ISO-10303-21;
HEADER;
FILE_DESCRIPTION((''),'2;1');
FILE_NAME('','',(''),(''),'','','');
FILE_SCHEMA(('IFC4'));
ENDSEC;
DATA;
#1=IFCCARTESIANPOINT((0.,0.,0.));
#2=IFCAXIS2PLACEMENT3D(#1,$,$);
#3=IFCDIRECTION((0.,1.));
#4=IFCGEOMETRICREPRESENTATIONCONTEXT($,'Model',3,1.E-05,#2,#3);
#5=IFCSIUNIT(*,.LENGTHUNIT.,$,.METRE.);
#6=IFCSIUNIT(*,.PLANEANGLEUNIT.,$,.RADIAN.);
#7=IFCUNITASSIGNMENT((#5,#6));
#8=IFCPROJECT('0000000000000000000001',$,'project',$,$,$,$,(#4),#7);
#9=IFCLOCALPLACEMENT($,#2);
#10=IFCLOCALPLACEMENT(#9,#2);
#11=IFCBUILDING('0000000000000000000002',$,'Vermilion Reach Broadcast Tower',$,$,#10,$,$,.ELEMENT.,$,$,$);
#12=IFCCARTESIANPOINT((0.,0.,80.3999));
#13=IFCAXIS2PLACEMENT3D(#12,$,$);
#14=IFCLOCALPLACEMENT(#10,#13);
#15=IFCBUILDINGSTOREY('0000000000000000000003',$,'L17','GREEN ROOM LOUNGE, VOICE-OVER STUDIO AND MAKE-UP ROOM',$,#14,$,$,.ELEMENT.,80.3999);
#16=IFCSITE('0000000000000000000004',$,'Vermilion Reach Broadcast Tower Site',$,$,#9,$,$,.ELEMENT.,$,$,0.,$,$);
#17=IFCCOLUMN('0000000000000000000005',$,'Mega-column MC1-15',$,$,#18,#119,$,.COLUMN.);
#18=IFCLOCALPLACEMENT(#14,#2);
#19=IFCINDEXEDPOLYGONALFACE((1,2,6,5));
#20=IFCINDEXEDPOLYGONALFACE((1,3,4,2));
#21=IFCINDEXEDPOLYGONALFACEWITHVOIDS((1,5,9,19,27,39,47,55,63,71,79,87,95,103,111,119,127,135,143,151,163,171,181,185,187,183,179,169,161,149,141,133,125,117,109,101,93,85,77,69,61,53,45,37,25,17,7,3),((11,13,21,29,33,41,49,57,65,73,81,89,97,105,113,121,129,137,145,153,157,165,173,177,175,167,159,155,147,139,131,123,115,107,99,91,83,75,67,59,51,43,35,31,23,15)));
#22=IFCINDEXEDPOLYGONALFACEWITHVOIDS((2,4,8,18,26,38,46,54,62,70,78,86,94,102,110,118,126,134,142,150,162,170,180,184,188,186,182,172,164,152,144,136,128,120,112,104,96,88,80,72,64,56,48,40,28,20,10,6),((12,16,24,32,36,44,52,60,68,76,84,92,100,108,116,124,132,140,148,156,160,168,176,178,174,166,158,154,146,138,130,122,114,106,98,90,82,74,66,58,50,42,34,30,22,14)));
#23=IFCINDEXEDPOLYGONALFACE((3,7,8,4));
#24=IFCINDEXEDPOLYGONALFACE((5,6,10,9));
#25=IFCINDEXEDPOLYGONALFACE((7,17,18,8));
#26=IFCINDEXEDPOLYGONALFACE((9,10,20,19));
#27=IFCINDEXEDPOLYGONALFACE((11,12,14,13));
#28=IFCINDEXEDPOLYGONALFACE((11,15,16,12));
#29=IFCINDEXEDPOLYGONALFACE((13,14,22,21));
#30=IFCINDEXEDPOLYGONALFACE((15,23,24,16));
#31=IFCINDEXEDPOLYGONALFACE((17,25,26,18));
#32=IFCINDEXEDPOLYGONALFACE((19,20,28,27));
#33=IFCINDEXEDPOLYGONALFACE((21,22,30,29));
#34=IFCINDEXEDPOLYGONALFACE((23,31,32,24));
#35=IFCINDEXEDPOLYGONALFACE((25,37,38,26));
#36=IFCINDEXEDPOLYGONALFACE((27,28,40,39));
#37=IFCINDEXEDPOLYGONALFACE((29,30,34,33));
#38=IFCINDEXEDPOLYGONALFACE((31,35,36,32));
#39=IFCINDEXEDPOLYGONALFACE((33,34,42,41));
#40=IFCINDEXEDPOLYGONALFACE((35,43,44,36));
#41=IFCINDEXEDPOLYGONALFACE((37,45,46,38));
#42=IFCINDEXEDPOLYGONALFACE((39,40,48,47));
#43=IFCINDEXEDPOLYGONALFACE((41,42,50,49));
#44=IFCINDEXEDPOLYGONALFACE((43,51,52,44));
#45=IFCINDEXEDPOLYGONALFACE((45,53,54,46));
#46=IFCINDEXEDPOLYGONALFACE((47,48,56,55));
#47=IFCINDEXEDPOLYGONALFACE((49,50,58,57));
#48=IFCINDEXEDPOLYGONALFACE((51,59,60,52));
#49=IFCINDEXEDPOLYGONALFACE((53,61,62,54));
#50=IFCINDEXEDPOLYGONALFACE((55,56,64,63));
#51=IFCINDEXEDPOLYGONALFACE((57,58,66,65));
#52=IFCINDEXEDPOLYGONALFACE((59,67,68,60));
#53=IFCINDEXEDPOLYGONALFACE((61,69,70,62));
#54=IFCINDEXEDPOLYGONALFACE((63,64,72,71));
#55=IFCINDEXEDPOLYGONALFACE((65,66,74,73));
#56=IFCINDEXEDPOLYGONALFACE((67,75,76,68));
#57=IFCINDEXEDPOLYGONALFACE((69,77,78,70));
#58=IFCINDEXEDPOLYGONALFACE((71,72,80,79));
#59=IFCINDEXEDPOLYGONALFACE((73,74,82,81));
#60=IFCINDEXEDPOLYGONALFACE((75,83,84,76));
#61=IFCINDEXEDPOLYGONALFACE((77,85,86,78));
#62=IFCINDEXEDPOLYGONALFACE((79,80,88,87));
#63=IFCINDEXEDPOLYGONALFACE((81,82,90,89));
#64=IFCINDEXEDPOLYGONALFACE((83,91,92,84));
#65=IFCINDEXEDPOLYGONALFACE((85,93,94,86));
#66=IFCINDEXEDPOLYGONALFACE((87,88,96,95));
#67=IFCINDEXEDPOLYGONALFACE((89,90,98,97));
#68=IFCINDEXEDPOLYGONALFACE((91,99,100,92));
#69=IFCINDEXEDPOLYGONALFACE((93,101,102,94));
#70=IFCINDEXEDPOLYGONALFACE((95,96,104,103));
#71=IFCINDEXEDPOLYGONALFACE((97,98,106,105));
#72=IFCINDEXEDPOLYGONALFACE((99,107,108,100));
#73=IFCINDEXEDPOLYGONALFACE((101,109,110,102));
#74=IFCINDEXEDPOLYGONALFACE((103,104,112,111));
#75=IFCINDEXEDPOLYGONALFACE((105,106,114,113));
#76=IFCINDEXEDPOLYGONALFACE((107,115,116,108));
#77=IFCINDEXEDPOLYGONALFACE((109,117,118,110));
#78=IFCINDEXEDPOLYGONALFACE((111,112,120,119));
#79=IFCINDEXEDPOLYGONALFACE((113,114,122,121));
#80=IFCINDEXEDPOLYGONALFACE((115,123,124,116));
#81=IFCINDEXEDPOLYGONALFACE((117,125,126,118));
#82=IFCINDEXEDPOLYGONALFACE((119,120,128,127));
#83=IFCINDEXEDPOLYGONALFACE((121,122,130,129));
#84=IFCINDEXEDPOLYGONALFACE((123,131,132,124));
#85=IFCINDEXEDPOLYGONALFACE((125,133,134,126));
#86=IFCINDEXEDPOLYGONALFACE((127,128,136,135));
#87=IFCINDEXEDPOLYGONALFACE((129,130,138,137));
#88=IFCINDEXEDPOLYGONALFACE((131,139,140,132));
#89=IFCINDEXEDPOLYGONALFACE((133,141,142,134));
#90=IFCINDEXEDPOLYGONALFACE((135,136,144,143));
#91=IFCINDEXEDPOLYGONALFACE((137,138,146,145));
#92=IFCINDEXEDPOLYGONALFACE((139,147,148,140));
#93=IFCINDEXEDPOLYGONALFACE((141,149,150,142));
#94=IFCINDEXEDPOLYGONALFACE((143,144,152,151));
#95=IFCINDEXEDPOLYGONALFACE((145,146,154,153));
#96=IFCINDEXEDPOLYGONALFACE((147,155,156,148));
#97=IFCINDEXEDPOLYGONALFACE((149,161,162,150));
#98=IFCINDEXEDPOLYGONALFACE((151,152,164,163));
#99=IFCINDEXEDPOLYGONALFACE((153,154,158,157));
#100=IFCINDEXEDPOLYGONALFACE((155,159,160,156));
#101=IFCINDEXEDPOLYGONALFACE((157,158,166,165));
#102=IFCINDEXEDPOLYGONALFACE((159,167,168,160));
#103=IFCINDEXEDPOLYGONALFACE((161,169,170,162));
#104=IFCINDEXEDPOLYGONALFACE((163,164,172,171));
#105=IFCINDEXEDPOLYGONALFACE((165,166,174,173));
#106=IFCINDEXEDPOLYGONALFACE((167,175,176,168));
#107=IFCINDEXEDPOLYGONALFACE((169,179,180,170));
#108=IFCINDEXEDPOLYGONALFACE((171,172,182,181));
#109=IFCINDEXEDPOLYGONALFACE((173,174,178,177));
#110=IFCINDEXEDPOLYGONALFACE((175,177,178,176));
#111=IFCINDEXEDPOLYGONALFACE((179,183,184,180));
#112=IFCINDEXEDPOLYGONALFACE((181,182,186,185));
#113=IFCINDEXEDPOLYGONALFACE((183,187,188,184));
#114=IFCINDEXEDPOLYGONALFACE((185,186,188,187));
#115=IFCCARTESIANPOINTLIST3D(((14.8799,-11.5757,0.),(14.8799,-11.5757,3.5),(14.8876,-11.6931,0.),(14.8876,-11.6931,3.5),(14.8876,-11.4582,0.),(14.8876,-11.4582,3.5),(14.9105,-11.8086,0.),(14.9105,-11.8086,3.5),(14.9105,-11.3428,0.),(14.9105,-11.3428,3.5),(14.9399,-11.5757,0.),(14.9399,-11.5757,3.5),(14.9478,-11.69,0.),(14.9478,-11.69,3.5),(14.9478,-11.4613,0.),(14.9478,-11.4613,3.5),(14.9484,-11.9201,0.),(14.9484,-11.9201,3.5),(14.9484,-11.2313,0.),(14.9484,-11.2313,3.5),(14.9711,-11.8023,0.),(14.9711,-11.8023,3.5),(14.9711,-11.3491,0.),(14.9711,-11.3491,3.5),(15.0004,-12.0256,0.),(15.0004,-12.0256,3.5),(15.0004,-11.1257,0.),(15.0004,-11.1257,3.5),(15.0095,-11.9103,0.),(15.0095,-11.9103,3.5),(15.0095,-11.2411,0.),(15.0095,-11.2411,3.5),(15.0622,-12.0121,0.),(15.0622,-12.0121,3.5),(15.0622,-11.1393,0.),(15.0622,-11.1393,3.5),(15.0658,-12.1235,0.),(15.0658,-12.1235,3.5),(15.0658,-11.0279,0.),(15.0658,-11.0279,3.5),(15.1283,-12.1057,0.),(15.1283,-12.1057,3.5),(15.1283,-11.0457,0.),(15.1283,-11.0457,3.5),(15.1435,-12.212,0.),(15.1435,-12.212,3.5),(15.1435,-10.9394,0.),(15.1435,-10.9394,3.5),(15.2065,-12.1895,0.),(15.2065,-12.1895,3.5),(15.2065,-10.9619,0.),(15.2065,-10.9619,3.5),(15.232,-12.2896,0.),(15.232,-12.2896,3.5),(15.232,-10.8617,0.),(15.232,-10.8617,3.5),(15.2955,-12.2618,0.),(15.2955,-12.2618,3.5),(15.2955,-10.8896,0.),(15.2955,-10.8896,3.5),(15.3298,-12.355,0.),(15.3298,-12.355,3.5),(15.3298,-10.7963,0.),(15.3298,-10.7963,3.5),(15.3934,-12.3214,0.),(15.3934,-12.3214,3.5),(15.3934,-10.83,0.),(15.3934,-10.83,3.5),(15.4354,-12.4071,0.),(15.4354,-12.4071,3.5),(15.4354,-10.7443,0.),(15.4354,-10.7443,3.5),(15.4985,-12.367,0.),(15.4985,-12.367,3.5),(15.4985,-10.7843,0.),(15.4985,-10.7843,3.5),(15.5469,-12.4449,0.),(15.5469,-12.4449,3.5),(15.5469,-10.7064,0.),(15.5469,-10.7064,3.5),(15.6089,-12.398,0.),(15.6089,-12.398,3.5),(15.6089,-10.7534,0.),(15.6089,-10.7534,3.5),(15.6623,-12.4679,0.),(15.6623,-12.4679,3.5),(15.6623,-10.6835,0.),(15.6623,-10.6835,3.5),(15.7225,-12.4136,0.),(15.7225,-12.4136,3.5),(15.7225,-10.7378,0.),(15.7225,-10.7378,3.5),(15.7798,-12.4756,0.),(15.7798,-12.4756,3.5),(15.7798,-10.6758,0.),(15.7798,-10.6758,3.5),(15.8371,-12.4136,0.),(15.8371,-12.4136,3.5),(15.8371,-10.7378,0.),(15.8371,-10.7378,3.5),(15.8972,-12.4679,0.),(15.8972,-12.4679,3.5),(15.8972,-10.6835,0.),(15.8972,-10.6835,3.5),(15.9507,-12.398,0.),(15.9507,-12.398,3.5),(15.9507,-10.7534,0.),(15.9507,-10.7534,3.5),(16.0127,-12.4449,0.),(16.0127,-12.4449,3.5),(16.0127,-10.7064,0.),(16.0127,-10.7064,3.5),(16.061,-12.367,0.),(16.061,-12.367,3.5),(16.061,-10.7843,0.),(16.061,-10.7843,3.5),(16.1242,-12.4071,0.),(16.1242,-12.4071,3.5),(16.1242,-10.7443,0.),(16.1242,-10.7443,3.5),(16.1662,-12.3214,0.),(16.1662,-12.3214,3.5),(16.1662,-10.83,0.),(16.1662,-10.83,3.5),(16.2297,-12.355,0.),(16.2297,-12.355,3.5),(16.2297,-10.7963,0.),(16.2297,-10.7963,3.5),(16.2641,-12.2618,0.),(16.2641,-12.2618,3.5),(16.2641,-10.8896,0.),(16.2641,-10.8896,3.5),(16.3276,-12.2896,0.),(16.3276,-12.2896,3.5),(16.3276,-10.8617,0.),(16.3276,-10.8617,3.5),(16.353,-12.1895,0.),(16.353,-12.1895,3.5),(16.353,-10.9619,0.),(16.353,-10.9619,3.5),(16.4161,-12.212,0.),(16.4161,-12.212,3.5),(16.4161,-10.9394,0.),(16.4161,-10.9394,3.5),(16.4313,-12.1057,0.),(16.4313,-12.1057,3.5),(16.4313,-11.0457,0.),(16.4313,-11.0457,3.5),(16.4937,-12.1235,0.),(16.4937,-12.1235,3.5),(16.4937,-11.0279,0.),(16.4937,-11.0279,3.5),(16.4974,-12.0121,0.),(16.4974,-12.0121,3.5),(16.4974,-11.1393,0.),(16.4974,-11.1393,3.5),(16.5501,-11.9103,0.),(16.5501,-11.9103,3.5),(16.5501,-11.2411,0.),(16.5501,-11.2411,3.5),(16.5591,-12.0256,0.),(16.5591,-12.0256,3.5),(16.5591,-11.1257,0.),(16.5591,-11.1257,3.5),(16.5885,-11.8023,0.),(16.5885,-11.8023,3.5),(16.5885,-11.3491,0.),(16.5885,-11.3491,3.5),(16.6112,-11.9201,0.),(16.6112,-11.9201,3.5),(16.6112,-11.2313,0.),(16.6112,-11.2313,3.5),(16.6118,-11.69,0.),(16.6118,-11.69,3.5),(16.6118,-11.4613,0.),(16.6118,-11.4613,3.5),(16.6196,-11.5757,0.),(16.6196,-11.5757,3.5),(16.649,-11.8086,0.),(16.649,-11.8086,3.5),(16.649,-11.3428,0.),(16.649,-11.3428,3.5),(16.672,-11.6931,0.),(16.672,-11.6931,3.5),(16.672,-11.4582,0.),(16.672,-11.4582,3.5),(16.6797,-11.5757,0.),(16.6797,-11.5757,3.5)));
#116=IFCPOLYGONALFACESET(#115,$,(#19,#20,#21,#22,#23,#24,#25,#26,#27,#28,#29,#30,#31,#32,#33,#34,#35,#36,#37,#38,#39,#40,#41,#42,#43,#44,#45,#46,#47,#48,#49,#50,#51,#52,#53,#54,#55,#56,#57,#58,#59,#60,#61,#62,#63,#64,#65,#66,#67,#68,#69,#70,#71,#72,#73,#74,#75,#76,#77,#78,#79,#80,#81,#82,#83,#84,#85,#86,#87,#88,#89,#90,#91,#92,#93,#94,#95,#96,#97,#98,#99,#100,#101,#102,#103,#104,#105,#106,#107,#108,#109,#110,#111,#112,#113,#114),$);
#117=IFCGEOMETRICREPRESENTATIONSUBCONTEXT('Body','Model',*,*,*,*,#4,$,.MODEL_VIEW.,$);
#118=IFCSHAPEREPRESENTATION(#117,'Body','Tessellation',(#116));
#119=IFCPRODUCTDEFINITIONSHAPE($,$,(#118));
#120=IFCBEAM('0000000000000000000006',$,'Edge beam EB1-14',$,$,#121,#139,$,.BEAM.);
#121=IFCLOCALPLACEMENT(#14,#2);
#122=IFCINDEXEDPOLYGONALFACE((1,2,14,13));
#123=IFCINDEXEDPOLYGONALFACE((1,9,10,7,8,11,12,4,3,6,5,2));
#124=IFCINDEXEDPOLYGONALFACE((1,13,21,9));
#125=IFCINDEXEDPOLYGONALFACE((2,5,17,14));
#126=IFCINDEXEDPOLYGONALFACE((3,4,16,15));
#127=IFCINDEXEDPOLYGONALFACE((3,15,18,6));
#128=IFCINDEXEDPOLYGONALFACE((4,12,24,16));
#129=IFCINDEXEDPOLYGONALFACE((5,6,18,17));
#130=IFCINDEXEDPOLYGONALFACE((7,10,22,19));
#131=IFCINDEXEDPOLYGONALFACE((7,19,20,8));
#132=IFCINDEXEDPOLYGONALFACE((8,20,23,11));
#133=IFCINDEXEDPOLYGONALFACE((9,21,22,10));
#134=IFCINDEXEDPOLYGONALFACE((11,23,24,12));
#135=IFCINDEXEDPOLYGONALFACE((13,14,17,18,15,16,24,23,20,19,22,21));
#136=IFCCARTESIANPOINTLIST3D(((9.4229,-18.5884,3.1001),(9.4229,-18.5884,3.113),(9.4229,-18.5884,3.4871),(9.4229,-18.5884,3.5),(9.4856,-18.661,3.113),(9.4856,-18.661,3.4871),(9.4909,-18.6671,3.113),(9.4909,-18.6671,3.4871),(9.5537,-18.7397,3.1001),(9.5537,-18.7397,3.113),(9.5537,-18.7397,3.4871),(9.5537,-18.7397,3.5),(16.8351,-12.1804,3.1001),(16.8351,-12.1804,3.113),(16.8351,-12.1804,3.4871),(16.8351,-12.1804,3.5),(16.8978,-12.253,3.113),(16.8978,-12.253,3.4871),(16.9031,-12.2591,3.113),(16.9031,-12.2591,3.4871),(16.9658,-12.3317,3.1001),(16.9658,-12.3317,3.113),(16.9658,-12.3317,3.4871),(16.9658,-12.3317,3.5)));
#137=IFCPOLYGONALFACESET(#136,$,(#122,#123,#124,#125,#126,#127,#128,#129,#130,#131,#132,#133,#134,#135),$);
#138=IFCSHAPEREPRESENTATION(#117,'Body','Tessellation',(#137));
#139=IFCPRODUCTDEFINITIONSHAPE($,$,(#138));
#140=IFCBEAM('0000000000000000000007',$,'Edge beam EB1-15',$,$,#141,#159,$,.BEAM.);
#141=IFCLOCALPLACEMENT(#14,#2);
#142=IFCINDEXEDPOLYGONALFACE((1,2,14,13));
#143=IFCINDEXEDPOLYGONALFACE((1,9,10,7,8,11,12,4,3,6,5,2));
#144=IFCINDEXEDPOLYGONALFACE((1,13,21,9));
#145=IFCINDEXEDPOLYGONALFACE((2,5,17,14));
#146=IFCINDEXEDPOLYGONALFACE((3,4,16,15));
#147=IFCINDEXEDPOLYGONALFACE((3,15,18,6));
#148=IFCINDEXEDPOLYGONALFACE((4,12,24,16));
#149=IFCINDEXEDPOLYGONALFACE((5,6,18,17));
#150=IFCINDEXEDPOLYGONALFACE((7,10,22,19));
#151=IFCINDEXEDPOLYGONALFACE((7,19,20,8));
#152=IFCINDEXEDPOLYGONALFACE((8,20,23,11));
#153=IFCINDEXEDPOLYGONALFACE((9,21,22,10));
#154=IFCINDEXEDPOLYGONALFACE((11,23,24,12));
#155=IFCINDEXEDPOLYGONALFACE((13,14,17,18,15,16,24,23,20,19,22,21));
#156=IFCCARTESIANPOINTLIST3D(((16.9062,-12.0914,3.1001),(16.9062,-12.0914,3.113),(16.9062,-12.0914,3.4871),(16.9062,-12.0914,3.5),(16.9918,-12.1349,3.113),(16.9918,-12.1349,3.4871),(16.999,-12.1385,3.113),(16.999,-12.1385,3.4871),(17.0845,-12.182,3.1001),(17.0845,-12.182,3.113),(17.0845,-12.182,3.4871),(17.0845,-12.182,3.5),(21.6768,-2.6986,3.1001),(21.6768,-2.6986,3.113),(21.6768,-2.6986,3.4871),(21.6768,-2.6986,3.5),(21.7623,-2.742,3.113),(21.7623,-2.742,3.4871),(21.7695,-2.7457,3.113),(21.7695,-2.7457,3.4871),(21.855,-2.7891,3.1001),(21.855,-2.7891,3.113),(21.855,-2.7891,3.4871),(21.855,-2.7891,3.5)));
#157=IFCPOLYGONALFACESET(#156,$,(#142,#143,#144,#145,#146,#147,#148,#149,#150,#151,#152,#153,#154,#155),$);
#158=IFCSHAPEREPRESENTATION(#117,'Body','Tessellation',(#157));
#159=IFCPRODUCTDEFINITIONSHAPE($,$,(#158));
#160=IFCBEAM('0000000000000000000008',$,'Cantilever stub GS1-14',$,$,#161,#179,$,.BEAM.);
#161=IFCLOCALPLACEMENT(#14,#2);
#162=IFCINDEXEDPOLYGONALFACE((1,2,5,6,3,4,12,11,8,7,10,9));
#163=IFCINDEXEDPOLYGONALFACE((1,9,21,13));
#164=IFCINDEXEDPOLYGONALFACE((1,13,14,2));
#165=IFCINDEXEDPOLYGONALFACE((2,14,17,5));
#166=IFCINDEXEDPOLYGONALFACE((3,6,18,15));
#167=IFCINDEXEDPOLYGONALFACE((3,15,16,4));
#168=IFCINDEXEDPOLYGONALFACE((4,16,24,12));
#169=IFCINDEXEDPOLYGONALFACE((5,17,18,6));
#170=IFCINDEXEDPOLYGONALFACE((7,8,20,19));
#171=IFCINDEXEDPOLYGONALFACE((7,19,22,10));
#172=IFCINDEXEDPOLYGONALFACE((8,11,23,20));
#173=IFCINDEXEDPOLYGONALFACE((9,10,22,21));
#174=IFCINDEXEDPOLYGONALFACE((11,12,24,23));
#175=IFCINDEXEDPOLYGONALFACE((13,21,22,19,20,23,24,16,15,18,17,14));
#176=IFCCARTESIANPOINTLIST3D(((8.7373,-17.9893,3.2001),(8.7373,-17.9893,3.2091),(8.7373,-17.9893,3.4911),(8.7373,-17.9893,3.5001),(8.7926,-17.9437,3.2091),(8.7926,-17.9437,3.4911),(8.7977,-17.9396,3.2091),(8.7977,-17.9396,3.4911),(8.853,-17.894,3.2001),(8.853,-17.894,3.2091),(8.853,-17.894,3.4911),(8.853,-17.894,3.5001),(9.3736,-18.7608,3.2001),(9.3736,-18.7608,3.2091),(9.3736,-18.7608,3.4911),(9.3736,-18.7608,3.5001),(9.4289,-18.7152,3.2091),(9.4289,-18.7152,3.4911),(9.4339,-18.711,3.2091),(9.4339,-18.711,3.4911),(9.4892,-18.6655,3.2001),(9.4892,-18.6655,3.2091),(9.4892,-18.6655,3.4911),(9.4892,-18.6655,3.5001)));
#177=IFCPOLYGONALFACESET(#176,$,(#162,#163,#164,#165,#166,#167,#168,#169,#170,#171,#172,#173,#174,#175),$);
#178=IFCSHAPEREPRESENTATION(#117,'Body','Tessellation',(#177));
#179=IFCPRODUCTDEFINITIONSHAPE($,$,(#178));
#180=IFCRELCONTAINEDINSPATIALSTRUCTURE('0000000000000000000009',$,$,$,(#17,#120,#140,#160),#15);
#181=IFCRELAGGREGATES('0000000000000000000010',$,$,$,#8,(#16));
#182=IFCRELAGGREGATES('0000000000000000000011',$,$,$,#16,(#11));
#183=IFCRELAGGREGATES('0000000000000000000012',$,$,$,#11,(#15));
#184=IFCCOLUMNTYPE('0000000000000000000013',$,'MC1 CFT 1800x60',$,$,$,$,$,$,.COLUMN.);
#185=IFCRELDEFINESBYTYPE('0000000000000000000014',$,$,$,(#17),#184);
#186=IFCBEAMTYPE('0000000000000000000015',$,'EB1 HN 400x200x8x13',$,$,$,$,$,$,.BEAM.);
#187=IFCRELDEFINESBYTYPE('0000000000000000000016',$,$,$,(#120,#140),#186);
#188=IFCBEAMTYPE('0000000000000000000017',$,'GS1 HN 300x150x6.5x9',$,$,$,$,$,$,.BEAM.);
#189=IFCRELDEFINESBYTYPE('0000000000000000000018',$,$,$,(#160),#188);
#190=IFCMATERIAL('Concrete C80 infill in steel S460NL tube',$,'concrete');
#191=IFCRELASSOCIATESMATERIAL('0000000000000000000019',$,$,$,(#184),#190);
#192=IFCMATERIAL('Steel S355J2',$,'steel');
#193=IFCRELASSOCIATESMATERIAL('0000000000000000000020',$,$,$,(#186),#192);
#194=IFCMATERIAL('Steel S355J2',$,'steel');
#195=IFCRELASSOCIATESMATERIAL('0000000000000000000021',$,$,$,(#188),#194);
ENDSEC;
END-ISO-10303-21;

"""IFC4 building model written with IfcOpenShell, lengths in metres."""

from ifc_helpers import new_model, si_unit, direction, frame, origin, origin_2d, place, context, subcontext, project, spatial, hollow_circle, i_section, extrude, material, material_profile, profile_set, type_object, element, save


model = new_model("IFC4")

# Units and contexts
model_context = context("Model", 3, precision=1e-05, world=origin(), true_north=direction((0.0, 1.0)))
body_context = subcontext(model_context, "Body", "Model", "MODEL_VIEW")
ifc_project = project(units=[si_unit("LENGTHUNIT", "METRE"), si_unit("PLANEANGLEUNIT", "RADIAN")], contexts=[model_context])

# Site, building, storey
site_placement = place(None, origin())
site = spatial("IfcSite", under=ifc_project, at=site_placement, Name="Vermilion Reach Broadcast Tower Site", CompositionType="ELEMENT", RefElevation=0.0)
building_placement = place(site_placement, origin())
building = spatial("IfcBuilding", under=site, at=building_placement, Name="Vermilion Reach Broadcast Tower", CompositionType="ELEMENT")
storey_placement = place(building_placement, frame((0.0, 0.0, 80.3999)))
storey = spatial("IfcBuildingStorey", under=building, at=storey_placement, Name="L17", Description="GREEN ROOM LOUNGE, VOICE-OVER STUDIO AND MAKE-UP ROOM", CompositionType="ELEMENT", Elevation=80.3999)

# Column
ifc_material_1 = material(Name="Concrete C80 infill in steel S460NL tube", Category="concrete")
ifc_material_profile_1 = material_profile(ifc_material_1, hollow_circle(Radius=0.8999, WallThickness=0.0601, at=origin_2d()), Name="Concrete C80 infill in steel S460NL tube CFT 1800x60")
ifc_profile_set_1 = profile_set([ifc_material_profile_1], Name="Concrete C80 infill in steel S460NL tube")
column_type = type_object("IfcColumnType", Name="MC1 CFT 1800x60", PredefinedType="COLUMN", material=ifc_profile_set_1)
for number, where, z_axis, x_axis, name in (
    (1, (15.7798, -11.5757, 0.0), (0.0, 0.0, 1.0), (1.0, 0.0, 0.0), "Mega-column MC1-15"),
):
    element("IfcColumn", number, at=place(storey_placement, frame(where, z_axis=z_axis, x_axis=x_axis)), inside=storey, type_object=column_type, Name=name, PredefinedType="COLUMN", context=body_context, shape_type="SweptSolid", body=[
        extrude(hollow_circle(Radius=0.8999, WallThickness=0.0601, at=origin_2d()), origin(), (0.0, 0.0, 1.0), 3.5),
    ])

# Beams
ifc_material_2 = material(Name="Steel S355J2", Category="steel")
ifc_material_profile_2 = material_profile(ifc_material_2, i_section(OverallWidth=0.2, OverallDepth=0.3999, WebThickness=0.0081, FlangeThickness=0.0129, at=origin_2d()), Name="S355J2 HN 400x200x8x13")
ifc_profile_set_2 = profile_set([ifc_material_profile_2], Name="Steel S355J2")
beam_type_1 = type_object("IfcBeamType", Name="EB1 HN 400x200x8x13", PredefinedType="BEAM", material=ifc_profile_set_2)
beam_1_placement = place(storey_placement, frame((9.4883, -18.6641, 3.3), z_axis=(0.75649, 0.654005, 0.0), x_axis=(-0.654005, 0.75649, 0.0)))
element("IfcBeam", 2, at=beam_1_placement, inside=storey, type_object=beam_type_1, Name="Edge beam EB1-14", PredefinedType="BEAM", context=body_context, shape_type="SweptSolid", body=[
    extrude(i_section(OverallWidth=0.2, OverallDepth=0.3999, WebThickness=0.0081, FlangeThickness=0.0129, at=origin_2d()), origin(), (0.0, 0.0, 1.0), 9.7981),
])
beam_2_placement = place(storey_placement, frame((16.9954, -12.1367, 3.3), z_axis=(0.452832, 0.891596, 0.0), x_axis=(-0.891596, 0.452832, 0.0)))
element("IfcBeam", 3, at=beam_2_placement, inside=storey, type_object=beam_type_1, Name="Edge beam EB1-15", PredefinedType="BEAM", context=body_context, shape_type="SweptSolid", body=[
    extrude(i_section(OverallWidth=0.2, OverallDepth=0.3999, WebThickness=0.0081, FlangeThickness=0.0129, at=origin_2d()), origin(), (0.0, 0.0, 1.0), 10.5349),
])
ifc_material_3 = material(Name="Steel S355J2", Category="steel")
ifc_material_profile_3 = material_profile(ifc_material_3, i_section(OverallWidth=0.1499, OverallDepth=0.3, WebThickness=0.0066, FlangeThickness=0.009, at=origin_2d()), Name="S355J2 HN 300x150x6.5x9")
ifc_profile_set_3 = profile_set([ifc_material_profile_3], Name="Steel S355J2")
beam_type_2 = type_object("IfcBeamType", Name="GS1 HN 300x150x6.5x9", PredefinedType="BEAM", material=ifc_profile_set_3)
for number, where, z_axis, x_axis, name in (
    (4, (8.7952, -17.9417, 3.3501), (0.636238, -0.771493, 0.0), (0.771493, 0.636238, 0.0), "Cantilever stub GS1-14"),
):
    element("IfcBeam", number, at=place(storey_placement, frame(where, z_axis=z_axis, x_axis=x_axis)), inside=storey, type_object=beam_type_2, Name=name, PredefinedType="BEAM", context=body_context, shape_type="SweptSolid", body=[
        extrude(i_section(OverallWidth=0.1499, OverallDepth=0.3, WebThickness=0.0066, FlangeThickness=0.009, at=origin_2d()), origin(), (0.0, 0.0, 1.0), 1.0),
    ])

save(model, "model.ifc")
